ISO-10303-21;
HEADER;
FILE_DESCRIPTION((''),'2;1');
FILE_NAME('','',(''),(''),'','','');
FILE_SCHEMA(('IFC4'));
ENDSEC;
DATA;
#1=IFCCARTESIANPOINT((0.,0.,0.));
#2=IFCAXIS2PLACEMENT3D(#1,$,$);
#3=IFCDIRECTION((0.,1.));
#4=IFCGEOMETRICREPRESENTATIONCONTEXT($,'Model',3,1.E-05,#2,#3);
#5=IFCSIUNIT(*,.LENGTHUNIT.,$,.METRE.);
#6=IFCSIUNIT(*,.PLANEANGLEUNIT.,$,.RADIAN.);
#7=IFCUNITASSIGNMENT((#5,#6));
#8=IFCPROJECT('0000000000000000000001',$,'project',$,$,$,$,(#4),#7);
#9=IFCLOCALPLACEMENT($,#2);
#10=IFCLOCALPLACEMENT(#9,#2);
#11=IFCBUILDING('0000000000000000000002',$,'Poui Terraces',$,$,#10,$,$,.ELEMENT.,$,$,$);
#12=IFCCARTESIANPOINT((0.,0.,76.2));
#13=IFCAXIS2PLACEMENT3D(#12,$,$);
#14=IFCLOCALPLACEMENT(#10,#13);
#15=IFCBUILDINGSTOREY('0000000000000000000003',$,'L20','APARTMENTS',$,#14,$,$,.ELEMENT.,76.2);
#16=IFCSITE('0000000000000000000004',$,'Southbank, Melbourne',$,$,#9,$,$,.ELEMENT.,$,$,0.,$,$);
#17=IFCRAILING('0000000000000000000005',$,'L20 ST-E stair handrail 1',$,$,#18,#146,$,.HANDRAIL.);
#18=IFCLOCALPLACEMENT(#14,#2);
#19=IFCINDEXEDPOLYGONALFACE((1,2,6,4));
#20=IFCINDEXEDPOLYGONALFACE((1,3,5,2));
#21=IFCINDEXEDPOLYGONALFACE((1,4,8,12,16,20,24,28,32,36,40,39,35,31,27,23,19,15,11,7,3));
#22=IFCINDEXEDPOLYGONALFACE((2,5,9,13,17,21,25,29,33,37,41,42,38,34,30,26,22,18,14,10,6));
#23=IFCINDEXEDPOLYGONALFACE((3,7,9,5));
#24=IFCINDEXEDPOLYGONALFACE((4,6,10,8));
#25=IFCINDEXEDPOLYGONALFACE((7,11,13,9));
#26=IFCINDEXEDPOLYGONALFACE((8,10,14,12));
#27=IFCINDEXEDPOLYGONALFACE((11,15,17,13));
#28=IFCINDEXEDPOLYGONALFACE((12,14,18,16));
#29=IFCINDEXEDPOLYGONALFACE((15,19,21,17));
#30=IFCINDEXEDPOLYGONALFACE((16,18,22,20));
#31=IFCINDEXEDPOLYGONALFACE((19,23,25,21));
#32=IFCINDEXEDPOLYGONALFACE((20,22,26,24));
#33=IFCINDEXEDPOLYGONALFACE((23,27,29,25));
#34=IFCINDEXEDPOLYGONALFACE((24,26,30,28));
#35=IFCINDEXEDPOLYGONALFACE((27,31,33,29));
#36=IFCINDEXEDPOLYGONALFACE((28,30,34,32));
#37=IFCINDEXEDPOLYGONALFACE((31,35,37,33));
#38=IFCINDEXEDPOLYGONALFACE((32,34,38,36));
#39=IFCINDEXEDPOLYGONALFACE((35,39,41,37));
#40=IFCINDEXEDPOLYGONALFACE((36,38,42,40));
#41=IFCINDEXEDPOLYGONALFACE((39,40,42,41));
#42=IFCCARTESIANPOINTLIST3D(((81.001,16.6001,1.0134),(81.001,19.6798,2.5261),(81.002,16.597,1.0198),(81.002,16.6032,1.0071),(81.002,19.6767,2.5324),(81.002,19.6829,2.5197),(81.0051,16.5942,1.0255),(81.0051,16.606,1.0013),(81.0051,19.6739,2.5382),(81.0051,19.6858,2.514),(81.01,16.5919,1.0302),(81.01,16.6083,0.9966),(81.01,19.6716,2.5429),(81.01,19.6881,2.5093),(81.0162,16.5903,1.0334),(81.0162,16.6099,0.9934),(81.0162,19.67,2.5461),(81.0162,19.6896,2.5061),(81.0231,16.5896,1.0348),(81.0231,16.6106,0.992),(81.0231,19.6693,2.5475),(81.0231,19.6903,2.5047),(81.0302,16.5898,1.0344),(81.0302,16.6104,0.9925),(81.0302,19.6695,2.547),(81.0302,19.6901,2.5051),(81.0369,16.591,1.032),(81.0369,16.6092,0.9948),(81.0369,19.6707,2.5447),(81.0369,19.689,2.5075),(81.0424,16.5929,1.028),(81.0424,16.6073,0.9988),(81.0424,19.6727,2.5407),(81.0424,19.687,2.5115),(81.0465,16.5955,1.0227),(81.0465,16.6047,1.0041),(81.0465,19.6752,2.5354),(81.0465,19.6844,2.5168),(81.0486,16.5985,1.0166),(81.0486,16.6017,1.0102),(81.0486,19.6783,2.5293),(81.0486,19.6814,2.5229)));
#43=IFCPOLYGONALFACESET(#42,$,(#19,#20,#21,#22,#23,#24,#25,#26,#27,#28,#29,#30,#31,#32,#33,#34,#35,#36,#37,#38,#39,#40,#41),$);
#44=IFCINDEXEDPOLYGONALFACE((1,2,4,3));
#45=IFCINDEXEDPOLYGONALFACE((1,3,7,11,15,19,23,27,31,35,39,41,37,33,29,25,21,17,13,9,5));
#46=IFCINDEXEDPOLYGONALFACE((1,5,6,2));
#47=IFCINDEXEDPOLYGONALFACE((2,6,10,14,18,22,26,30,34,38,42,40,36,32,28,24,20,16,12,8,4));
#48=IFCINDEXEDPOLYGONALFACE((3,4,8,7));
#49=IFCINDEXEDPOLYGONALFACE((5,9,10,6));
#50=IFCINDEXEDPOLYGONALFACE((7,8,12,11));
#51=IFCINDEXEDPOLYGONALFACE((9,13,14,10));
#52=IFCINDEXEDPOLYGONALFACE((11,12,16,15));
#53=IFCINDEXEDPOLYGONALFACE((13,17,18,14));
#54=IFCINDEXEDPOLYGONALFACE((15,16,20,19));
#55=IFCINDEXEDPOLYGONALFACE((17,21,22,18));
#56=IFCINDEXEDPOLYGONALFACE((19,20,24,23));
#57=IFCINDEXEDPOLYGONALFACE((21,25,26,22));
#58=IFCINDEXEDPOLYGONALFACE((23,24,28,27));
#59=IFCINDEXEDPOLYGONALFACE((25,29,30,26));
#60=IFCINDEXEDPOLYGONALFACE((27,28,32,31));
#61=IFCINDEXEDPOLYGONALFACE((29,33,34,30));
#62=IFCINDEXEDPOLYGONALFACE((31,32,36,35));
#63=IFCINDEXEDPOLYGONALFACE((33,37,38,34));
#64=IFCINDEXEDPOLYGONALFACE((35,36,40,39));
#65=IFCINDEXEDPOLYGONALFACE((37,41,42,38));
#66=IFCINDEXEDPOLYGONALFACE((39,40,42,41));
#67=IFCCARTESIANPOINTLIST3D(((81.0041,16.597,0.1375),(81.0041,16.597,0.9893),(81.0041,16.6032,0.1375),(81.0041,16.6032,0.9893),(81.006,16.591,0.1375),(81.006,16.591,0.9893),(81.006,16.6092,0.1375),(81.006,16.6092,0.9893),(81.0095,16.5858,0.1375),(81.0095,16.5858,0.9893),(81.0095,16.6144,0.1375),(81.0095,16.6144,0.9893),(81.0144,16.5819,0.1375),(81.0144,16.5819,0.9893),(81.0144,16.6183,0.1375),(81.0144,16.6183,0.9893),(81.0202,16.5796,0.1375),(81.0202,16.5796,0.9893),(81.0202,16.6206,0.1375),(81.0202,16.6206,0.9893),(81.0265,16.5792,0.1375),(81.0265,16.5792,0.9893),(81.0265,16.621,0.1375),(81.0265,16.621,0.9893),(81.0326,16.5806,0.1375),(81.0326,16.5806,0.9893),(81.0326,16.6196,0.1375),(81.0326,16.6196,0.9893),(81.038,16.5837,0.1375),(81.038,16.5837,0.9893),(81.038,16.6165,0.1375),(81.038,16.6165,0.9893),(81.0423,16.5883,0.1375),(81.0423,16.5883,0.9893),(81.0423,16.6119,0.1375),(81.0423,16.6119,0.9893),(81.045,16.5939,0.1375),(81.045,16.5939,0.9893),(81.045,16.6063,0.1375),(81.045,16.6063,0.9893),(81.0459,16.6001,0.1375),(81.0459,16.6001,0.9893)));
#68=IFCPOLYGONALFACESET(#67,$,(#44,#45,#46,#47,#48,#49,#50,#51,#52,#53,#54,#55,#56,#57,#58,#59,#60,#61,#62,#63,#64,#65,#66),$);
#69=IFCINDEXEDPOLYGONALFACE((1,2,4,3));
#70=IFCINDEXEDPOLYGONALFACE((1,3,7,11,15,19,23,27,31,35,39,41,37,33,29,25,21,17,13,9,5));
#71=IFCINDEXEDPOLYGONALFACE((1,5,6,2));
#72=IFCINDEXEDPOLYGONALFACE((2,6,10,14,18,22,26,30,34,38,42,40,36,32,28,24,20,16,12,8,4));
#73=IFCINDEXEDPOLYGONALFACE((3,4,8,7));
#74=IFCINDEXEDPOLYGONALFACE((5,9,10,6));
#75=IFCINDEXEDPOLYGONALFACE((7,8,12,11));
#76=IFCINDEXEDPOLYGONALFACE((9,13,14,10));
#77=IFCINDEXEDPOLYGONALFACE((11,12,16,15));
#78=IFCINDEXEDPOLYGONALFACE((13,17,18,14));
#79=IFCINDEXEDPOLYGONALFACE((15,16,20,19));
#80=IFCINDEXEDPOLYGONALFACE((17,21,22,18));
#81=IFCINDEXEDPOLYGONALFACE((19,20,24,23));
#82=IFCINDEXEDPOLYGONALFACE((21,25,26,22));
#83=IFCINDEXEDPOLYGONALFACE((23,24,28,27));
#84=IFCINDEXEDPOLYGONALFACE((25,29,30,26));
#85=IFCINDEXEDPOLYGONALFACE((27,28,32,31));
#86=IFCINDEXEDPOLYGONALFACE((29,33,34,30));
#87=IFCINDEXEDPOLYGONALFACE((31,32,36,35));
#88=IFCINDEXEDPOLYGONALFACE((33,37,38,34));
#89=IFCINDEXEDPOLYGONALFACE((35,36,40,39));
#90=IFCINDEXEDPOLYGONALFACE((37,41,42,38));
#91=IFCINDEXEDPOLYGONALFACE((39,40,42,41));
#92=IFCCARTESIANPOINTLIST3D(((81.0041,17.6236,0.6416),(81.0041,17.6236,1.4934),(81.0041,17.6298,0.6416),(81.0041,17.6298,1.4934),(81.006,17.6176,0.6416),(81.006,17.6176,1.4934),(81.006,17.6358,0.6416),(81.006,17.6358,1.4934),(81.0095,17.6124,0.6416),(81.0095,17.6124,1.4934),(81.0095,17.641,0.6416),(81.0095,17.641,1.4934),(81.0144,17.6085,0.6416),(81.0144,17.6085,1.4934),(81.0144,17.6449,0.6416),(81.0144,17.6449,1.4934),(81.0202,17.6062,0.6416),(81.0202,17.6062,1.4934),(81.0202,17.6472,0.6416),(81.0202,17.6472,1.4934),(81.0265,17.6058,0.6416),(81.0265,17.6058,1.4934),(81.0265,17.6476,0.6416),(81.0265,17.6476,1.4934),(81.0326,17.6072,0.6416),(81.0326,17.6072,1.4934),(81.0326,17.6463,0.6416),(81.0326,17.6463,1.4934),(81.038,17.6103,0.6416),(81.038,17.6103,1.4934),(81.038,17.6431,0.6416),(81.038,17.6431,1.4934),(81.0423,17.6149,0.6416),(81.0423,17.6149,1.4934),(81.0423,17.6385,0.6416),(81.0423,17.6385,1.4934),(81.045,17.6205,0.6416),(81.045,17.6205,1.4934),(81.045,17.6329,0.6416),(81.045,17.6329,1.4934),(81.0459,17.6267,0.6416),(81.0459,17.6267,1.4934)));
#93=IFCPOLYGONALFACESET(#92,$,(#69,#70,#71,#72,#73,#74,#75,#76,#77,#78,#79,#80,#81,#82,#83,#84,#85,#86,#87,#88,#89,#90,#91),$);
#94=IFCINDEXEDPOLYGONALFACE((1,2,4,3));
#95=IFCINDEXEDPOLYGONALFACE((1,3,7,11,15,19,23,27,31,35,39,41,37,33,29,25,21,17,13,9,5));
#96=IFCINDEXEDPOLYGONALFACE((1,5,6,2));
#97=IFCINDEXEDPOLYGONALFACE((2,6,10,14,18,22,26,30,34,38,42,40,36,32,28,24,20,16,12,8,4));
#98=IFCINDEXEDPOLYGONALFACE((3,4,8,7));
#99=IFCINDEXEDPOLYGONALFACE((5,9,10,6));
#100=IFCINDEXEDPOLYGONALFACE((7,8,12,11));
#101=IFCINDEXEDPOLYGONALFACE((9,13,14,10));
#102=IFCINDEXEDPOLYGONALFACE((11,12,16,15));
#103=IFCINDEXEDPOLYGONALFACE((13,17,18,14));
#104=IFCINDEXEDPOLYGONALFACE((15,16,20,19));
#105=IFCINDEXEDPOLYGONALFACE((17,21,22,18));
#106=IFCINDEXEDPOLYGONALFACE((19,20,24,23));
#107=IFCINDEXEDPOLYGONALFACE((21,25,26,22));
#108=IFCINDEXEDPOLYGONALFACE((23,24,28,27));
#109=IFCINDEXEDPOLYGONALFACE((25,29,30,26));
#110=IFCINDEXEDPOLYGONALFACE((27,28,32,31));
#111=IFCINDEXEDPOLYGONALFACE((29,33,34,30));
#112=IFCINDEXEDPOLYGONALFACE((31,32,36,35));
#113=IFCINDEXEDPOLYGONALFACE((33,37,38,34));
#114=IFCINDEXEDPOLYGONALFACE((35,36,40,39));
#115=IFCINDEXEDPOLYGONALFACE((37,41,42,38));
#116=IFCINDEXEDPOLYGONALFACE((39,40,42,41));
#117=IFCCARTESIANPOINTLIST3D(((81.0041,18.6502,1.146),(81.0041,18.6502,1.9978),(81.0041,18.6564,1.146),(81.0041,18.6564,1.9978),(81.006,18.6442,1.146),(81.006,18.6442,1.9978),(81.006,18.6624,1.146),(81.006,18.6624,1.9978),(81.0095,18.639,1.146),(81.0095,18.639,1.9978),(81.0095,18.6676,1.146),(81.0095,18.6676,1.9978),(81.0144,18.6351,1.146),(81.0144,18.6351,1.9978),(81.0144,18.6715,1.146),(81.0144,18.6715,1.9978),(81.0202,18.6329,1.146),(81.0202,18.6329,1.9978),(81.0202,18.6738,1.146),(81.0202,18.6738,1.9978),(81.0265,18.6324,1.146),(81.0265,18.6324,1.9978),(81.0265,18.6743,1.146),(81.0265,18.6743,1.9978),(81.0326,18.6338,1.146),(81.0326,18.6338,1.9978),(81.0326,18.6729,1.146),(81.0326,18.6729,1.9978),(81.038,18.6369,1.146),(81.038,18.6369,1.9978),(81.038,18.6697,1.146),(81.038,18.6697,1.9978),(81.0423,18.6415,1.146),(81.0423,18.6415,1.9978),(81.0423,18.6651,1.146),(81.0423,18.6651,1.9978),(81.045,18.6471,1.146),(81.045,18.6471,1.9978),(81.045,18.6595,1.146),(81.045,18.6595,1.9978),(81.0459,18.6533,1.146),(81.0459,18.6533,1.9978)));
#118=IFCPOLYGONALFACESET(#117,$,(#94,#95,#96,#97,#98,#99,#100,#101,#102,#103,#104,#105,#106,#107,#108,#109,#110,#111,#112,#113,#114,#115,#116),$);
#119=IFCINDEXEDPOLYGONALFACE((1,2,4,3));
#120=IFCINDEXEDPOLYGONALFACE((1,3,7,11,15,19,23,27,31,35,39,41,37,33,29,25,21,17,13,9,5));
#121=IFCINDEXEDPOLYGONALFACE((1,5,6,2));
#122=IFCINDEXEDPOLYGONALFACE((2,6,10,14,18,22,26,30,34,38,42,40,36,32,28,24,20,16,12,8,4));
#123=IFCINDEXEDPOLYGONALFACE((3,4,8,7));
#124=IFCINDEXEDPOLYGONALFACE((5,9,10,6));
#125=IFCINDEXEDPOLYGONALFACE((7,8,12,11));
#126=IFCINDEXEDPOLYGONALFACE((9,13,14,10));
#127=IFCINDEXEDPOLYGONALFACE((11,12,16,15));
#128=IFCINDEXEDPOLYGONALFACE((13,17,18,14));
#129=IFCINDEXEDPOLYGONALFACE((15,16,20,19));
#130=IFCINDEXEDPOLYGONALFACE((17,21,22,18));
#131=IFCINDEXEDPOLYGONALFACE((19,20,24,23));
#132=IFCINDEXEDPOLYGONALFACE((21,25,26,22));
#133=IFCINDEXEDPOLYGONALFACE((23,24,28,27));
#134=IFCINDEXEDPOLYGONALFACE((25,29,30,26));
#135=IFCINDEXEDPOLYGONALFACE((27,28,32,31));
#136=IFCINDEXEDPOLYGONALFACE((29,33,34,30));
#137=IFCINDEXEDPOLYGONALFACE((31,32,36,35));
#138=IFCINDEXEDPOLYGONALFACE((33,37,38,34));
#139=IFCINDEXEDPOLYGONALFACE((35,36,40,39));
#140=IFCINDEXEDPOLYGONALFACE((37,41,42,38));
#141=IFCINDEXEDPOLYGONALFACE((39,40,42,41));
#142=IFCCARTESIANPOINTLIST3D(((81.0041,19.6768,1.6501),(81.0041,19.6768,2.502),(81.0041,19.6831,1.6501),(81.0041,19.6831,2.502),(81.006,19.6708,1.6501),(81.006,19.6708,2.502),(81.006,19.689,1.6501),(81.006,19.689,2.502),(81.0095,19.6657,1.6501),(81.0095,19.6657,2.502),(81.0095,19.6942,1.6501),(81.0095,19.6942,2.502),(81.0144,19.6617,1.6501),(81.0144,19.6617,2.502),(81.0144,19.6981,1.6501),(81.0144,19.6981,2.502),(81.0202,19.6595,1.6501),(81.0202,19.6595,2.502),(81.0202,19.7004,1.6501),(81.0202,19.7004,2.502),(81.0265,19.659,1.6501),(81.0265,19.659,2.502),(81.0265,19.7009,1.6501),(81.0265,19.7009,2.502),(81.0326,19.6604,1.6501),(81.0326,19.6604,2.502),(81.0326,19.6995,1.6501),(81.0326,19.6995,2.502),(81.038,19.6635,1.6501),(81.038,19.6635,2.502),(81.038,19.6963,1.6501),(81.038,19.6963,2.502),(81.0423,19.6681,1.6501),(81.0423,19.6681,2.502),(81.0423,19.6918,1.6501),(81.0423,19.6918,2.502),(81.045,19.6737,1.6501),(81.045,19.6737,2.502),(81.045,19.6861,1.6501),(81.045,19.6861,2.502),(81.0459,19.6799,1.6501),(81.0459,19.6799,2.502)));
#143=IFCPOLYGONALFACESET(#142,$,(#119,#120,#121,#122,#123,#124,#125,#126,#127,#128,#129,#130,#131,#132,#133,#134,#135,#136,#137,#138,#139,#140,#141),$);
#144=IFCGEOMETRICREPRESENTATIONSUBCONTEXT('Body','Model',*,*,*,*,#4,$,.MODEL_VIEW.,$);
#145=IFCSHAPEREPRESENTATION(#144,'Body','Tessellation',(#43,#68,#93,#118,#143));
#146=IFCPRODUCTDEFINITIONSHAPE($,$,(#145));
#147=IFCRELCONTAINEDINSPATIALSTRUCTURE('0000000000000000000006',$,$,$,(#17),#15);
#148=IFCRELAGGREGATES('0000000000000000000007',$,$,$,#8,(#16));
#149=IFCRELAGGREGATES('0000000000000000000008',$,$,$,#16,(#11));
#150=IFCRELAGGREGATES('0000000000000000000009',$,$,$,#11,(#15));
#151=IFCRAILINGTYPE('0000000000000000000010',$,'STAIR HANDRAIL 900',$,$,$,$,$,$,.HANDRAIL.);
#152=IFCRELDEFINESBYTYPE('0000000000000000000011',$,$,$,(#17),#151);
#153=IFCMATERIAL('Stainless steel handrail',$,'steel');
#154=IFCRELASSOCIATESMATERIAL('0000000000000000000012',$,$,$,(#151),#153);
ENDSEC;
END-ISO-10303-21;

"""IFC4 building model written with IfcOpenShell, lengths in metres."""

from ifc_helpers import new_model, si_unit, direction, frame, origin, origin_2d, place, context, subcontext, project, spatial, circle, extrude, material, type_object, element, save


model = new_model("IFC4")

# Units and contexts
model_context = context("Model", 3, precision=1e-05, world=origin(), true_north=direction((0.0, 1.0)))
body_context = subcontext(model_context, "Body", "Model", "MODEL_VIEW")
ifc_project = project(units=[si_unit("LENGTHUNIT", "METRE"), si_unit("PLANEANGLEUNIT", "RADIAN")], contexts=[model_context])

# Site, building, storey
site_placement = place(None, origin())
site = spatial("IfcSite", under=ifc_project, at=site_placement, Name="Southbank, Melbourne", CompositionType="ELEMENT", RefElevation=0.0)
building_placement = place(site_placement, origin())
building = spatial("IfcBuilding", under=site, at=building_placement, Name="Poui Terraces", CompositionType="ELEMENT")
storey_placement = place(building_placement, frame((0.0, 0.0, 76.2)))
storey = spatial("IfcBuildingStorey", under=building, at=storey_placement, Name="L20", Description="APARTMENTS", CompositionType="ELEMENT", Elevation=76.2)

# Railing
ifc_material_1 = material(Name="Stainless steel handrail", Category="steel")
railing_type_1 = type_object("IfcRailingType", Name="STAIR HANDRAIL 900", PredefinedType="HANDRAIL", material=ifc_material_1)
railing_1_placement = place(storey_placement, frame((81.0249, 16.6001, 0.1375)))
element("IfcRailing", 1, at=railing_1_placement, inside=storey, type_object=railing_type_1, Name="L20 ST-E stair handrail 1", PredefinedType="HANDRAIL", context=body_context, shape_type="SweptSolid", body=[
    extrude(circle(Radius=0.0239, at=origin_2d()), frame((0.0, 0.0, 0.876), z_axis=(0.0, 0.897578, 0.440856), x_axis=(-1.0, 0.0, 0.0)), (0.0, 0.0, 1.0), 3.4312),
    extrude(circle(Radius=0.021, at=origin_2d()), origin(), (0.0, 0.0, 1.0), 0.8518),
    extrude(circle(Radius=0.021, at=origin_2d()), frame((0.0, 1.0266, 0.5042)), (0.0, 0.0, 1.0), 0.8518),
    extrude(circle(Radius=0.021, at=origin_2d()), frame((0.0, 2.0532, 1.0085)), (0.0, 0.0, 1.0), 0.8518),
    extrude(circle(Radius=0.021, at=origin_2d()), frame((0.0, 3.0798, 1.5127)), (0.0, 0.0, 1.0), 0.8518),
])

save(model, "model.ifc")
